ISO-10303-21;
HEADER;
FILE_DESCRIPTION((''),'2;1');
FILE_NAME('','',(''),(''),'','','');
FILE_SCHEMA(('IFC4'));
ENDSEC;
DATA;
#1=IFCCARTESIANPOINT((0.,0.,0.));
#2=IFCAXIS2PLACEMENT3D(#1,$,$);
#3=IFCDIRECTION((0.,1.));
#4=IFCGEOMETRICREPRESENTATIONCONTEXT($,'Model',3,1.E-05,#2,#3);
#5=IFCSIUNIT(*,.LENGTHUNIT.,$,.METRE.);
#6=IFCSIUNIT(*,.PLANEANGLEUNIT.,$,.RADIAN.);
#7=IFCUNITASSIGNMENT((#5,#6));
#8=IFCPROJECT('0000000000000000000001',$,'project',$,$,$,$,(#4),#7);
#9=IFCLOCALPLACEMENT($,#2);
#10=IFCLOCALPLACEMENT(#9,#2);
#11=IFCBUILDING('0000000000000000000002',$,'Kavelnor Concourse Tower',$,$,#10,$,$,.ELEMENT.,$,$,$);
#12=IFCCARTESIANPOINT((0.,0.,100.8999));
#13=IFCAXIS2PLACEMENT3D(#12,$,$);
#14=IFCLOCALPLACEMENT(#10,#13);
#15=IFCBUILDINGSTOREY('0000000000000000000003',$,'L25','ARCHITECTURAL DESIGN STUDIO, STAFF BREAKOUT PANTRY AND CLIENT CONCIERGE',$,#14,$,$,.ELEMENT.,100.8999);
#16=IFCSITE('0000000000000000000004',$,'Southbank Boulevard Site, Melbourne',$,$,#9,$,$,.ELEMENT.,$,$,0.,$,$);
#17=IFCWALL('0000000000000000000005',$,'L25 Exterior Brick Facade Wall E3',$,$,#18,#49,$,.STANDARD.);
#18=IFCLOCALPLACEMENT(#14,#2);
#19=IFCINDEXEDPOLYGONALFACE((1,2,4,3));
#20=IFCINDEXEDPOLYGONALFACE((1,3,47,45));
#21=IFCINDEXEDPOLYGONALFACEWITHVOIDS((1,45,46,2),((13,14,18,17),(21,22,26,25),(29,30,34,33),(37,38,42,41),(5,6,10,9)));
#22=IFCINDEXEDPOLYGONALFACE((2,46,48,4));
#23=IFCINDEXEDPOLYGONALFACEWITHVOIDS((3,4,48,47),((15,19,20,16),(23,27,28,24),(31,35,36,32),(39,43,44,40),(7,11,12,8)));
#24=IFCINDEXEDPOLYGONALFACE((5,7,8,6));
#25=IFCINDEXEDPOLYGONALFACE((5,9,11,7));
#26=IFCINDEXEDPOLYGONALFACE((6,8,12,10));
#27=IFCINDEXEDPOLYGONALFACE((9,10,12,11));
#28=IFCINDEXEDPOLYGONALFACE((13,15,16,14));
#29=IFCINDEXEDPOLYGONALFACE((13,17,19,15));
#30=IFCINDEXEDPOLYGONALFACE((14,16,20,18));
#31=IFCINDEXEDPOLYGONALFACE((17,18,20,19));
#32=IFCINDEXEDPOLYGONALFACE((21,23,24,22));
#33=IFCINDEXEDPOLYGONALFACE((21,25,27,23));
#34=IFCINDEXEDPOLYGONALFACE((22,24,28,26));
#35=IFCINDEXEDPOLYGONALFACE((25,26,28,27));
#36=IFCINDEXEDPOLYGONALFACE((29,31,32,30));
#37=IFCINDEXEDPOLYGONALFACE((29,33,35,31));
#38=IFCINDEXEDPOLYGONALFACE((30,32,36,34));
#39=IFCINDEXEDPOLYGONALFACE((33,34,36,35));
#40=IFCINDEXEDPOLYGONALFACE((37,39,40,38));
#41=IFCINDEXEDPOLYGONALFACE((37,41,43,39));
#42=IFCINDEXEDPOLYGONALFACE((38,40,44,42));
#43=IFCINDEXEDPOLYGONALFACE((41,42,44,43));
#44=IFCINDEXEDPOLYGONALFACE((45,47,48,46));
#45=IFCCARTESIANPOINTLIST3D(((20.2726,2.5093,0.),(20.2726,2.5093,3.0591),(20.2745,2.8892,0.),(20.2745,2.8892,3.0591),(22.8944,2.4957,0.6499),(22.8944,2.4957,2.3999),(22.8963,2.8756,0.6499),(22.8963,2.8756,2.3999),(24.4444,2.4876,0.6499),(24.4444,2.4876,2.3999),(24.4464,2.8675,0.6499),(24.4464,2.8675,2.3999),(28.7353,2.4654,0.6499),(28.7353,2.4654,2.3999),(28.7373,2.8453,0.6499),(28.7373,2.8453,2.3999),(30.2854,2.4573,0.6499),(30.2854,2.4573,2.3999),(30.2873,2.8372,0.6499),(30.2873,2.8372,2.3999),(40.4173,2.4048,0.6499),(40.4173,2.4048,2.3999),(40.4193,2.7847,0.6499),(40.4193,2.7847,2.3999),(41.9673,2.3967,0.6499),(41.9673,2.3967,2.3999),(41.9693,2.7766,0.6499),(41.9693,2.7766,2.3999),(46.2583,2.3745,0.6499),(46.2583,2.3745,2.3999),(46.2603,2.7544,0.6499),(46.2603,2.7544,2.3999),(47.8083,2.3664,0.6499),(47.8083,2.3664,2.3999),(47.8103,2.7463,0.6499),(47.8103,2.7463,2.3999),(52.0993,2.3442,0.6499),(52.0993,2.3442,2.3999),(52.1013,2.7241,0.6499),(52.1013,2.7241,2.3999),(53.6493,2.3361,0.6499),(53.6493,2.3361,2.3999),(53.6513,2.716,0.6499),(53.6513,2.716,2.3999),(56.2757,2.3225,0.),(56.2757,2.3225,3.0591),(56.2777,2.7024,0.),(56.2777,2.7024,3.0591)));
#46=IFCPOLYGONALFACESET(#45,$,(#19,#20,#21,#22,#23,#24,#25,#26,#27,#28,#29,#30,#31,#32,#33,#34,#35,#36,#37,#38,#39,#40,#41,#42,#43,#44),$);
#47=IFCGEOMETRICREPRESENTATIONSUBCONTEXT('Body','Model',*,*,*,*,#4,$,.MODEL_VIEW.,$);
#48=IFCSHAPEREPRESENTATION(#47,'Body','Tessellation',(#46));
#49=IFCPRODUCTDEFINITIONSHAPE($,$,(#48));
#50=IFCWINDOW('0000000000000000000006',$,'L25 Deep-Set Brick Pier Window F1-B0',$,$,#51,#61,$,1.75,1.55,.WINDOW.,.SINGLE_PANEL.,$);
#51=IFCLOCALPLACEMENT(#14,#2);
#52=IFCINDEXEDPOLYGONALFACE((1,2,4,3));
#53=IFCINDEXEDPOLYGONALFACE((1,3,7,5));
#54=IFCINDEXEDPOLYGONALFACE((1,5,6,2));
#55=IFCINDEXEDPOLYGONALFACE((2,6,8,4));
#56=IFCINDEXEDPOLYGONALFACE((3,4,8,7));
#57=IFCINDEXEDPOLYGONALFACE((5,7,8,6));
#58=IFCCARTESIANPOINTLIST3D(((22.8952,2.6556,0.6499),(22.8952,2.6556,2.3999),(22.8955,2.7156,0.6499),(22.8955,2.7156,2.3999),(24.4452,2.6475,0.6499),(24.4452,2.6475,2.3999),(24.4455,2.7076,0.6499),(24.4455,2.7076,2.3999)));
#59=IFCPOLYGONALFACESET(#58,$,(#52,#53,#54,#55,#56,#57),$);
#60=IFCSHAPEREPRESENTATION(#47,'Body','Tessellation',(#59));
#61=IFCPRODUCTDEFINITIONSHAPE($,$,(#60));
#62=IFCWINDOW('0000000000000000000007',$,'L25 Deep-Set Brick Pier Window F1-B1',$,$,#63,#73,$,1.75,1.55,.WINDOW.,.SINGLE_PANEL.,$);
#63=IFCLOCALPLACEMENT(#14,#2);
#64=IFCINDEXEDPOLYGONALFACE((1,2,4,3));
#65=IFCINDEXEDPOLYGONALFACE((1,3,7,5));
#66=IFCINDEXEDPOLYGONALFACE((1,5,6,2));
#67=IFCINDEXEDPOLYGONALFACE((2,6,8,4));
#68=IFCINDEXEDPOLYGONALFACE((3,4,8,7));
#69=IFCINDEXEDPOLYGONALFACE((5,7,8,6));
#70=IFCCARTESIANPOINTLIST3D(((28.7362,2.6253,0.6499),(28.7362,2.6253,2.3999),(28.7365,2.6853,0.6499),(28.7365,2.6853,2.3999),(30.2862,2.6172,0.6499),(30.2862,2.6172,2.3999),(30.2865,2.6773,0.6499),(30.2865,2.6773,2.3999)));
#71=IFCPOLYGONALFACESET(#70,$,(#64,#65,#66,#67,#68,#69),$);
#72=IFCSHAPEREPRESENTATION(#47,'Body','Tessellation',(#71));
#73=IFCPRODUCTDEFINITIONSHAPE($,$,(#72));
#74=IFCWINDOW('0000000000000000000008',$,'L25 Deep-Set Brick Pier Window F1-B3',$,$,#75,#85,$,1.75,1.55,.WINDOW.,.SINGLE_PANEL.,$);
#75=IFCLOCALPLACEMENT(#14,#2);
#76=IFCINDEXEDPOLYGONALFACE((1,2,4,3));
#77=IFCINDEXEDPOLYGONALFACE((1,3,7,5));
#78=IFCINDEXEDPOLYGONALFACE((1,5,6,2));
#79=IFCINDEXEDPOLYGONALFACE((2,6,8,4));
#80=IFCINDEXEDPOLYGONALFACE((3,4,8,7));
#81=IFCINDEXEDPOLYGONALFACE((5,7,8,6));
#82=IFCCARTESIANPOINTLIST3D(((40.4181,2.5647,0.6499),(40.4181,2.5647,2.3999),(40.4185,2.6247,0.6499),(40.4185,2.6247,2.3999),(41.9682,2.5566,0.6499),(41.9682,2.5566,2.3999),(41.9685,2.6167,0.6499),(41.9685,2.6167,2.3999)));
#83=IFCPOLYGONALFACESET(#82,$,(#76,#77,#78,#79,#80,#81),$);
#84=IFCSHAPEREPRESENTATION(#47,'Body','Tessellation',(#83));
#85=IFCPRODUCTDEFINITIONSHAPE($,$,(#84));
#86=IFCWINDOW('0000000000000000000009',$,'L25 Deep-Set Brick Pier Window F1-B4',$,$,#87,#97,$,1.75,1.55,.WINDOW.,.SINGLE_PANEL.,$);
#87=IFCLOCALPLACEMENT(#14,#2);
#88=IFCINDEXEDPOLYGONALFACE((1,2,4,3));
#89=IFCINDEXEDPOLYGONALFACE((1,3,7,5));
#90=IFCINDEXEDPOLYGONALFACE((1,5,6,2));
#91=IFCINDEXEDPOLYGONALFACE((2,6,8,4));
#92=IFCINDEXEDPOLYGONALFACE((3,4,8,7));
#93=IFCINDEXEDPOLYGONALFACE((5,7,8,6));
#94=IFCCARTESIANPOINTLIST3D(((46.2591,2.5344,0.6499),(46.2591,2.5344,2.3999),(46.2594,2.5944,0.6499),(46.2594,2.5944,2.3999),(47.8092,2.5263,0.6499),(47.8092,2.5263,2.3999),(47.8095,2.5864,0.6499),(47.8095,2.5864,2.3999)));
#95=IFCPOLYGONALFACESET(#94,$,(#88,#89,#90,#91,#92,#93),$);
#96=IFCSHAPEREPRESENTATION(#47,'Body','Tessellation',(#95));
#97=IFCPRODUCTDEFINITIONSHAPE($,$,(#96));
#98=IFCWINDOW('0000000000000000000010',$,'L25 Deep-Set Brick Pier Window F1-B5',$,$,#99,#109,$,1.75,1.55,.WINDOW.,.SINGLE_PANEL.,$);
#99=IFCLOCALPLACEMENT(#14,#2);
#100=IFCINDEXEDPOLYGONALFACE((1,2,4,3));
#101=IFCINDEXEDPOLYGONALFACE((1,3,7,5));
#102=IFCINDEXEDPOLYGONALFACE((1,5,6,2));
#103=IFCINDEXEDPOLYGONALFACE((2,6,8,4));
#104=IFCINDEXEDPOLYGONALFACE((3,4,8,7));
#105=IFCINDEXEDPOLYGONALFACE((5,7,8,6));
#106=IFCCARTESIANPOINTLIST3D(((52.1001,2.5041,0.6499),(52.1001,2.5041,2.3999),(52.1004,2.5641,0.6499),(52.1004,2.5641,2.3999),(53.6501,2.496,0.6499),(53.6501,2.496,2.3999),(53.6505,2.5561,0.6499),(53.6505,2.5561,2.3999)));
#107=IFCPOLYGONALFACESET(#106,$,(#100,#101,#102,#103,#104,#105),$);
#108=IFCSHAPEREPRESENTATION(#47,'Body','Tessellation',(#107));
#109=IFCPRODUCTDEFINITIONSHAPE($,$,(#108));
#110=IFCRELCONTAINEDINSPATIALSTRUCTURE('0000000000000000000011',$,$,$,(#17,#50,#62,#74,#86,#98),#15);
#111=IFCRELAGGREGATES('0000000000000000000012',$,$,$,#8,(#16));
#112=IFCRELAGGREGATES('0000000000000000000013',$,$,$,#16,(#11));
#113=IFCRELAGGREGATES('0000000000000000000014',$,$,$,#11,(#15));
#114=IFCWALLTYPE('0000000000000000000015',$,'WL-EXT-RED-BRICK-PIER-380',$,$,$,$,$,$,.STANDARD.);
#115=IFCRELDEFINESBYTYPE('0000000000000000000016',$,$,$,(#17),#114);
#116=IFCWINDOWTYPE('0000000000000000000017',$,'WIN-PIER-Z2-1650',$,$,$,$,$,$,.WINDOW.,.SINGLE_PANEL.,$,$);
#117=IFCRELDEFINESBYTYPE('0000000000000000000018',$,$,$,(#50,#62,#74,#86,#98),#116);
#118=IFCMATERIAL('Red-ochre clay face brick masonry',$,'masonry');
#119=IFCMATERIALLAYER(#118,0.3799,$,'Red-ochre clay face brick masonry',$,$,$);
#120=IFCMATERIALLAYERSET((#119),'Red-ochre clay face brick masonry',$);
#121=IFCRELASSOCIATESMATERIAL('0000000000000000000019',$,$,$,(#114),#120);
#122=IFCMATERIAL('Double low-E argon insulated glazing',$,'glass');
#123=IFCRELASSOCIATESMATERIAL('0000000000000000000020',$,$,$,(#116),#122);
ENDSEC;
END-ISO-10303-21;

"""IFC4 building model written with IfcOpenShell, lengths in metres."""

from ifc_helpers import new_model, si_unit, direction, frame, frame_2d, origin, place, context, subcontext, project, spatial, rectangle, extrude, material, layer, layer_set, type_object, element, fill, save


model = new_model("IFC4")

# Units and contexts
model_context = context("Model", 3, precision=1e-05, world=origin(), true_north=direction((0.0, 1.0)))
body_context = subcontext(model_context, "Body", "Model", "MODEL_VIEW")
ifc_project = project(units=[si_unit("LENGTHUNIT", "METRE"), si_unit("PLANEANGLEUNIT", "RADIAN")], contexts=[model_context])

# Site, building, storey
site_placement = place(None, origin())
site = spatial("IfcSite", under=ifc_project, at=site_placement, Name="Southbank Boulevard Site, Melbourne", CompositionType="ELEMENT", RefElevation=0.0)
building_placement = place(site_placement, origin())
building = spatial("IfcBuilding", under=site, at=building_placement, Name="Kavelnor Concourse Tower", CompositionType="ELEMENT")
storey_placement = place(building_placement, frame((0.0, 0.0, 100.8999)))
storey = spatial("IfcBuildingStorey", under=building, at=storey_placement, Name="L25", Description="ARCHITECTURAL DESIGN STUDIO, STAFF BREAKOUT PANTRY AND CLIENT CONCIERGE", CompositionType="ELEMENT", Elevation=100.8999)

# Shared definitions
ifc_material_1 = material(Name="Double low-E argon insulated glazing", Category="glass")

# Wall, openings, windows
ifc_material_2 = material(Name="Red-ochre clay face brick masonry", Category="masonry")
ifc_layer_1 = layer(ifc_material_2, 0.3799, Name="Red-ochre clay face brick masonry")
ifc_layer_set_1 = layer_set([ifc_layer_1], Name="Red-ochre clay face brick masonry")
wall_type_1 = type_object("IfcWallType", Name="WL-EXT-RED-BRICK-PIER-380", PredefinedType="STANDARD", material=ifc_layer_set_1)
wall_1_placement = place(storey_placement, frame((56.2769, 2.5125, 0.0), z_axis=(0.0, 0.0, 1.0), x_axis=(-0.999987, 0.005187, 0.0)))
wall_1 = element("IfcWall", 1, at=wall_1_placement, inside=storey, type_object=wall_type_1, Name="L25 Exterior Brick Facade Wall E3", PredefinedType="STANDARD", context=body_context, shape_type="SweptSolid", body=[
    extrude(rectangle(XDim=36.0037, YDim=0.3799, at=frame_2d((18.002, 0.0))), origin(), (0.0, 0.0, 1.0), 3.0591),
])
opening_1_placement = place(wall_1_placement, frame((31.832, 0.0, 0.6499)))
opening_1 = element("IfcOpeningElement", 2, at=opening_1_placement, cuts=wall_1, PredefinedType="OPENING", context=body_context, shape_type="SweptSolid", body=[
    extrude(rectangle(XDim=1.55, YDim=1.75, at=frame_2d((0.7749, 0.875))), frame((0.0, 0.2, 0.0), z_axis=(0.0, -1.0, 0.0), x_axis=(1.0, 0.0, 0.0)), (0.0, 0.0, 1.0), 0.3999),
])
opening_2_placement = place(wall_1_placement, frame((25.991, 0.0, 0.6499)))
opening_2 = element("IfcOpeningElement", 3, at=opening_2_placement, cuts=wall_1, PredefinedType="OPENING", context=body_context, shape_type="SweptSolid", body=[
    extrude(rectangle(XDim=1.55, YDim=1.75, at=frame_2d((0.7749, 0.875))), frame((0.0, 0.2, 0.0), z_axis=(0.0, -1.0, 0.0), x_axis=(1.0, 0.0, 0.0)), (0.0, 0.0, 1.0), 0.3999),
])
opening_3_placement = place(wall_1_placement, frame((14.3088, 0.0, 0.6499)))
opening_3 = element("IfcOpeningElement", 4, at=opening_3_placement, cuts=wall_1, PredefinedType="OPENING", context=body_context, shape_type="SweptSolid", body=[
    extrude(rectangle(XDim=1.55, YDim=1.75, at=frame_2d((0.7749, 0.875))), frame((0.0, 0.2, 0.0), z_axis=(0.0, -1.0, 0.0), x_axis=(1.0, 0.0, 0.0)), (0.0, 0.0, 1.0), 0.3999),
])
opening_4_placement = place(wall_1_placement, frame((8.4678, 0.0, 0.6499)))
opening_4 = element("IfcOpeningElement", 5, at=opening_4_placement, cuts=wall_1, PredefinedType="OPENING", context=body_context, shape_type="SweptSolid", body=[
    extrude(rectangle(XDim=1.55, YDim=1.75, at=frame_2d((0.7749, 0.875))), frame((0.0, 0.2, 0.0), z_axis=(0.0, -1.0, 0.0), x_axis=(1.0, 0.0, 0.0)), (0.0, 0.0, 1.0), 0.3999),
])
opening_5_placement = place(wall_1_placement, frame((2.6267, 0.0, 0.6499)))
opening_5 = element("IfcOpeningElement", 6, at=opening_5_placement, cuts=wall_1, PredefinedType="OPENING", context=body_context, shape_type="SweptSolid", body=[
    extrude(rectangle(XDim=1.55, YDim=1.75, at=frame_2d((0.7749, 0.875))), frame((0.0, 0.2, 0.0), z_axis=(0.0, -1.0, 0.0), x_axis=(1.0, 0.0, 0.0)), (0.0, 0.0, 1.0), 0.3999),
])
window_type_1 = type_object("IfcWindowType", Name="WIN-PIER-Z2-1650", PartitioningType="SINGLE_PANEL", PredefinedType="WINDOW", material=ifc_material_1)
window_1_placement = place(opening_1_placement, origin())
window_1 = element("IfcWindow", 7, at=window_1_placement, inside=storey, type_object=window_type_1, Name="L25 Deep-Set Brick Pier Window F1-B0", OverallHeight=1.75, OverallWidth=1.55, PartitioningType="SINGLE_PANEL", PredefinedType="WINDOW", context=body_context, shape_type="SweptSolid", body=[
    extrude(rectangle(XDim=1.55, YDim=1.75, at=frame_2d((0.7749, 0.875))), frame((0.0, 0.03, 0.0), z_axis=(0.0, -1.0, 0.0), x_axis=(1.0, 0.0, 0.0)), (0.0, 0.0, 1.0), 0.0601),
])
fill(opening_1, window_1)
window_2_placement = place(opening_2_placement, origin())
window_2 = element("IfcWindow", 8, at=window_2_placement, inside=storey, type_object=window_type_1, Name="L25 Deep-Set Brick Pier Window F1-B1", OverallHeight=1.75, OverallWidth=1.55, PartitioningType="SINGLE_PANEL", PredefinedType="WINDOW", context=body_context, shape_type="SweptSolid", body=[
    extrude(rectangle(XDim=1.55, YDim=1.75, at=frame_2d((0.7749, 0.875))), frame((0.0, 0.03, 0.0), z_axis=(0.0, -1.0, 0.0), x_axis=(1.0, 0.0, 0.0)), (0.0, 0.0, 1.0), 0.0601),
])
fill(opening_2, window_2)
window_3_placement = place(opening_3_placement, origin())
window_3 = element("IfcWindow", 9, at=window_3_placement, inside=storey, type_object=window_type_1, Name="L25 Deep-Set Brick Pier Window F1-B3", OverallHeight=1.75, OverallWidth=1.55, PartitioningType="SINGLE_PANEL", PredefinedType="WINDOW", context=body_context, shape_type="SweptSolid", body=[
    extrude(rectangle(XDim=1.55, YDim=1.75, at=frame_2d((0.7749, 0.875))), frame((0.0, 0.03, 0.0), z_axis=(0.0, -1.0, 0.0), x_axis=(1.0, 0.0, 0.0)), (0.0, 0.0, 1.0), 0.0601),
])
fill(opening_3, window_3)
window_4_placement = place(opening_4_placement, origin())
window_4 = element("IfcWindow", 10, at=window_4_placement, inside=storey, type_object=window_type_1, Name="L25 Deep-Set Brick Pier Window F1-B4", OverallHeight=1.75, OverallWidth=1.55, PartitioningType="SINGLE_PANEL", PredefinedType="WINDOW", context=body_context, shape_type="SweptSolid", body=[
    extrude(rectangle(XDim=1.55, YDim=1.75, at=frame_2d((0.7749, 0.875))), frame((0.0, 0.03, 0.0), z_axis=(0.0, -1.0, 0.0), x_axis=(1.0, 0.0, 0.0)), (0.0, 0.0, 1.0), 0.0601),
])
fill(opening_4, window_4)
window_5_placement = place(opening_5_placement, origin())
window_5 = element("IfcWindow", 11, at=window_5_placement, inside=storey, type_object=window_type_1, Name="L25 Deep-Set Brick Pier Window F1-B5", OverallHeight=1.75, OverallWidth=1.55, PartitioningType="SINGLE_PANEL", PredefinedType="WINDOW", context=body_context, shape_type="SweptSolid", body=[
    extrude(rectangle(XDim=1.55, YDim=1.75, at=frame_2d((0.7749, 0.875))), frame((0.0, 0.03, 0.0), z_axis=(0.0, -1.0, 0.0), x_axis=(1.0, 0.0, 0.0)), (0.0, 0.0, 1.0), 0.0601),
])
fill(opening_5, window_5)

save(model, "model.ifc")
